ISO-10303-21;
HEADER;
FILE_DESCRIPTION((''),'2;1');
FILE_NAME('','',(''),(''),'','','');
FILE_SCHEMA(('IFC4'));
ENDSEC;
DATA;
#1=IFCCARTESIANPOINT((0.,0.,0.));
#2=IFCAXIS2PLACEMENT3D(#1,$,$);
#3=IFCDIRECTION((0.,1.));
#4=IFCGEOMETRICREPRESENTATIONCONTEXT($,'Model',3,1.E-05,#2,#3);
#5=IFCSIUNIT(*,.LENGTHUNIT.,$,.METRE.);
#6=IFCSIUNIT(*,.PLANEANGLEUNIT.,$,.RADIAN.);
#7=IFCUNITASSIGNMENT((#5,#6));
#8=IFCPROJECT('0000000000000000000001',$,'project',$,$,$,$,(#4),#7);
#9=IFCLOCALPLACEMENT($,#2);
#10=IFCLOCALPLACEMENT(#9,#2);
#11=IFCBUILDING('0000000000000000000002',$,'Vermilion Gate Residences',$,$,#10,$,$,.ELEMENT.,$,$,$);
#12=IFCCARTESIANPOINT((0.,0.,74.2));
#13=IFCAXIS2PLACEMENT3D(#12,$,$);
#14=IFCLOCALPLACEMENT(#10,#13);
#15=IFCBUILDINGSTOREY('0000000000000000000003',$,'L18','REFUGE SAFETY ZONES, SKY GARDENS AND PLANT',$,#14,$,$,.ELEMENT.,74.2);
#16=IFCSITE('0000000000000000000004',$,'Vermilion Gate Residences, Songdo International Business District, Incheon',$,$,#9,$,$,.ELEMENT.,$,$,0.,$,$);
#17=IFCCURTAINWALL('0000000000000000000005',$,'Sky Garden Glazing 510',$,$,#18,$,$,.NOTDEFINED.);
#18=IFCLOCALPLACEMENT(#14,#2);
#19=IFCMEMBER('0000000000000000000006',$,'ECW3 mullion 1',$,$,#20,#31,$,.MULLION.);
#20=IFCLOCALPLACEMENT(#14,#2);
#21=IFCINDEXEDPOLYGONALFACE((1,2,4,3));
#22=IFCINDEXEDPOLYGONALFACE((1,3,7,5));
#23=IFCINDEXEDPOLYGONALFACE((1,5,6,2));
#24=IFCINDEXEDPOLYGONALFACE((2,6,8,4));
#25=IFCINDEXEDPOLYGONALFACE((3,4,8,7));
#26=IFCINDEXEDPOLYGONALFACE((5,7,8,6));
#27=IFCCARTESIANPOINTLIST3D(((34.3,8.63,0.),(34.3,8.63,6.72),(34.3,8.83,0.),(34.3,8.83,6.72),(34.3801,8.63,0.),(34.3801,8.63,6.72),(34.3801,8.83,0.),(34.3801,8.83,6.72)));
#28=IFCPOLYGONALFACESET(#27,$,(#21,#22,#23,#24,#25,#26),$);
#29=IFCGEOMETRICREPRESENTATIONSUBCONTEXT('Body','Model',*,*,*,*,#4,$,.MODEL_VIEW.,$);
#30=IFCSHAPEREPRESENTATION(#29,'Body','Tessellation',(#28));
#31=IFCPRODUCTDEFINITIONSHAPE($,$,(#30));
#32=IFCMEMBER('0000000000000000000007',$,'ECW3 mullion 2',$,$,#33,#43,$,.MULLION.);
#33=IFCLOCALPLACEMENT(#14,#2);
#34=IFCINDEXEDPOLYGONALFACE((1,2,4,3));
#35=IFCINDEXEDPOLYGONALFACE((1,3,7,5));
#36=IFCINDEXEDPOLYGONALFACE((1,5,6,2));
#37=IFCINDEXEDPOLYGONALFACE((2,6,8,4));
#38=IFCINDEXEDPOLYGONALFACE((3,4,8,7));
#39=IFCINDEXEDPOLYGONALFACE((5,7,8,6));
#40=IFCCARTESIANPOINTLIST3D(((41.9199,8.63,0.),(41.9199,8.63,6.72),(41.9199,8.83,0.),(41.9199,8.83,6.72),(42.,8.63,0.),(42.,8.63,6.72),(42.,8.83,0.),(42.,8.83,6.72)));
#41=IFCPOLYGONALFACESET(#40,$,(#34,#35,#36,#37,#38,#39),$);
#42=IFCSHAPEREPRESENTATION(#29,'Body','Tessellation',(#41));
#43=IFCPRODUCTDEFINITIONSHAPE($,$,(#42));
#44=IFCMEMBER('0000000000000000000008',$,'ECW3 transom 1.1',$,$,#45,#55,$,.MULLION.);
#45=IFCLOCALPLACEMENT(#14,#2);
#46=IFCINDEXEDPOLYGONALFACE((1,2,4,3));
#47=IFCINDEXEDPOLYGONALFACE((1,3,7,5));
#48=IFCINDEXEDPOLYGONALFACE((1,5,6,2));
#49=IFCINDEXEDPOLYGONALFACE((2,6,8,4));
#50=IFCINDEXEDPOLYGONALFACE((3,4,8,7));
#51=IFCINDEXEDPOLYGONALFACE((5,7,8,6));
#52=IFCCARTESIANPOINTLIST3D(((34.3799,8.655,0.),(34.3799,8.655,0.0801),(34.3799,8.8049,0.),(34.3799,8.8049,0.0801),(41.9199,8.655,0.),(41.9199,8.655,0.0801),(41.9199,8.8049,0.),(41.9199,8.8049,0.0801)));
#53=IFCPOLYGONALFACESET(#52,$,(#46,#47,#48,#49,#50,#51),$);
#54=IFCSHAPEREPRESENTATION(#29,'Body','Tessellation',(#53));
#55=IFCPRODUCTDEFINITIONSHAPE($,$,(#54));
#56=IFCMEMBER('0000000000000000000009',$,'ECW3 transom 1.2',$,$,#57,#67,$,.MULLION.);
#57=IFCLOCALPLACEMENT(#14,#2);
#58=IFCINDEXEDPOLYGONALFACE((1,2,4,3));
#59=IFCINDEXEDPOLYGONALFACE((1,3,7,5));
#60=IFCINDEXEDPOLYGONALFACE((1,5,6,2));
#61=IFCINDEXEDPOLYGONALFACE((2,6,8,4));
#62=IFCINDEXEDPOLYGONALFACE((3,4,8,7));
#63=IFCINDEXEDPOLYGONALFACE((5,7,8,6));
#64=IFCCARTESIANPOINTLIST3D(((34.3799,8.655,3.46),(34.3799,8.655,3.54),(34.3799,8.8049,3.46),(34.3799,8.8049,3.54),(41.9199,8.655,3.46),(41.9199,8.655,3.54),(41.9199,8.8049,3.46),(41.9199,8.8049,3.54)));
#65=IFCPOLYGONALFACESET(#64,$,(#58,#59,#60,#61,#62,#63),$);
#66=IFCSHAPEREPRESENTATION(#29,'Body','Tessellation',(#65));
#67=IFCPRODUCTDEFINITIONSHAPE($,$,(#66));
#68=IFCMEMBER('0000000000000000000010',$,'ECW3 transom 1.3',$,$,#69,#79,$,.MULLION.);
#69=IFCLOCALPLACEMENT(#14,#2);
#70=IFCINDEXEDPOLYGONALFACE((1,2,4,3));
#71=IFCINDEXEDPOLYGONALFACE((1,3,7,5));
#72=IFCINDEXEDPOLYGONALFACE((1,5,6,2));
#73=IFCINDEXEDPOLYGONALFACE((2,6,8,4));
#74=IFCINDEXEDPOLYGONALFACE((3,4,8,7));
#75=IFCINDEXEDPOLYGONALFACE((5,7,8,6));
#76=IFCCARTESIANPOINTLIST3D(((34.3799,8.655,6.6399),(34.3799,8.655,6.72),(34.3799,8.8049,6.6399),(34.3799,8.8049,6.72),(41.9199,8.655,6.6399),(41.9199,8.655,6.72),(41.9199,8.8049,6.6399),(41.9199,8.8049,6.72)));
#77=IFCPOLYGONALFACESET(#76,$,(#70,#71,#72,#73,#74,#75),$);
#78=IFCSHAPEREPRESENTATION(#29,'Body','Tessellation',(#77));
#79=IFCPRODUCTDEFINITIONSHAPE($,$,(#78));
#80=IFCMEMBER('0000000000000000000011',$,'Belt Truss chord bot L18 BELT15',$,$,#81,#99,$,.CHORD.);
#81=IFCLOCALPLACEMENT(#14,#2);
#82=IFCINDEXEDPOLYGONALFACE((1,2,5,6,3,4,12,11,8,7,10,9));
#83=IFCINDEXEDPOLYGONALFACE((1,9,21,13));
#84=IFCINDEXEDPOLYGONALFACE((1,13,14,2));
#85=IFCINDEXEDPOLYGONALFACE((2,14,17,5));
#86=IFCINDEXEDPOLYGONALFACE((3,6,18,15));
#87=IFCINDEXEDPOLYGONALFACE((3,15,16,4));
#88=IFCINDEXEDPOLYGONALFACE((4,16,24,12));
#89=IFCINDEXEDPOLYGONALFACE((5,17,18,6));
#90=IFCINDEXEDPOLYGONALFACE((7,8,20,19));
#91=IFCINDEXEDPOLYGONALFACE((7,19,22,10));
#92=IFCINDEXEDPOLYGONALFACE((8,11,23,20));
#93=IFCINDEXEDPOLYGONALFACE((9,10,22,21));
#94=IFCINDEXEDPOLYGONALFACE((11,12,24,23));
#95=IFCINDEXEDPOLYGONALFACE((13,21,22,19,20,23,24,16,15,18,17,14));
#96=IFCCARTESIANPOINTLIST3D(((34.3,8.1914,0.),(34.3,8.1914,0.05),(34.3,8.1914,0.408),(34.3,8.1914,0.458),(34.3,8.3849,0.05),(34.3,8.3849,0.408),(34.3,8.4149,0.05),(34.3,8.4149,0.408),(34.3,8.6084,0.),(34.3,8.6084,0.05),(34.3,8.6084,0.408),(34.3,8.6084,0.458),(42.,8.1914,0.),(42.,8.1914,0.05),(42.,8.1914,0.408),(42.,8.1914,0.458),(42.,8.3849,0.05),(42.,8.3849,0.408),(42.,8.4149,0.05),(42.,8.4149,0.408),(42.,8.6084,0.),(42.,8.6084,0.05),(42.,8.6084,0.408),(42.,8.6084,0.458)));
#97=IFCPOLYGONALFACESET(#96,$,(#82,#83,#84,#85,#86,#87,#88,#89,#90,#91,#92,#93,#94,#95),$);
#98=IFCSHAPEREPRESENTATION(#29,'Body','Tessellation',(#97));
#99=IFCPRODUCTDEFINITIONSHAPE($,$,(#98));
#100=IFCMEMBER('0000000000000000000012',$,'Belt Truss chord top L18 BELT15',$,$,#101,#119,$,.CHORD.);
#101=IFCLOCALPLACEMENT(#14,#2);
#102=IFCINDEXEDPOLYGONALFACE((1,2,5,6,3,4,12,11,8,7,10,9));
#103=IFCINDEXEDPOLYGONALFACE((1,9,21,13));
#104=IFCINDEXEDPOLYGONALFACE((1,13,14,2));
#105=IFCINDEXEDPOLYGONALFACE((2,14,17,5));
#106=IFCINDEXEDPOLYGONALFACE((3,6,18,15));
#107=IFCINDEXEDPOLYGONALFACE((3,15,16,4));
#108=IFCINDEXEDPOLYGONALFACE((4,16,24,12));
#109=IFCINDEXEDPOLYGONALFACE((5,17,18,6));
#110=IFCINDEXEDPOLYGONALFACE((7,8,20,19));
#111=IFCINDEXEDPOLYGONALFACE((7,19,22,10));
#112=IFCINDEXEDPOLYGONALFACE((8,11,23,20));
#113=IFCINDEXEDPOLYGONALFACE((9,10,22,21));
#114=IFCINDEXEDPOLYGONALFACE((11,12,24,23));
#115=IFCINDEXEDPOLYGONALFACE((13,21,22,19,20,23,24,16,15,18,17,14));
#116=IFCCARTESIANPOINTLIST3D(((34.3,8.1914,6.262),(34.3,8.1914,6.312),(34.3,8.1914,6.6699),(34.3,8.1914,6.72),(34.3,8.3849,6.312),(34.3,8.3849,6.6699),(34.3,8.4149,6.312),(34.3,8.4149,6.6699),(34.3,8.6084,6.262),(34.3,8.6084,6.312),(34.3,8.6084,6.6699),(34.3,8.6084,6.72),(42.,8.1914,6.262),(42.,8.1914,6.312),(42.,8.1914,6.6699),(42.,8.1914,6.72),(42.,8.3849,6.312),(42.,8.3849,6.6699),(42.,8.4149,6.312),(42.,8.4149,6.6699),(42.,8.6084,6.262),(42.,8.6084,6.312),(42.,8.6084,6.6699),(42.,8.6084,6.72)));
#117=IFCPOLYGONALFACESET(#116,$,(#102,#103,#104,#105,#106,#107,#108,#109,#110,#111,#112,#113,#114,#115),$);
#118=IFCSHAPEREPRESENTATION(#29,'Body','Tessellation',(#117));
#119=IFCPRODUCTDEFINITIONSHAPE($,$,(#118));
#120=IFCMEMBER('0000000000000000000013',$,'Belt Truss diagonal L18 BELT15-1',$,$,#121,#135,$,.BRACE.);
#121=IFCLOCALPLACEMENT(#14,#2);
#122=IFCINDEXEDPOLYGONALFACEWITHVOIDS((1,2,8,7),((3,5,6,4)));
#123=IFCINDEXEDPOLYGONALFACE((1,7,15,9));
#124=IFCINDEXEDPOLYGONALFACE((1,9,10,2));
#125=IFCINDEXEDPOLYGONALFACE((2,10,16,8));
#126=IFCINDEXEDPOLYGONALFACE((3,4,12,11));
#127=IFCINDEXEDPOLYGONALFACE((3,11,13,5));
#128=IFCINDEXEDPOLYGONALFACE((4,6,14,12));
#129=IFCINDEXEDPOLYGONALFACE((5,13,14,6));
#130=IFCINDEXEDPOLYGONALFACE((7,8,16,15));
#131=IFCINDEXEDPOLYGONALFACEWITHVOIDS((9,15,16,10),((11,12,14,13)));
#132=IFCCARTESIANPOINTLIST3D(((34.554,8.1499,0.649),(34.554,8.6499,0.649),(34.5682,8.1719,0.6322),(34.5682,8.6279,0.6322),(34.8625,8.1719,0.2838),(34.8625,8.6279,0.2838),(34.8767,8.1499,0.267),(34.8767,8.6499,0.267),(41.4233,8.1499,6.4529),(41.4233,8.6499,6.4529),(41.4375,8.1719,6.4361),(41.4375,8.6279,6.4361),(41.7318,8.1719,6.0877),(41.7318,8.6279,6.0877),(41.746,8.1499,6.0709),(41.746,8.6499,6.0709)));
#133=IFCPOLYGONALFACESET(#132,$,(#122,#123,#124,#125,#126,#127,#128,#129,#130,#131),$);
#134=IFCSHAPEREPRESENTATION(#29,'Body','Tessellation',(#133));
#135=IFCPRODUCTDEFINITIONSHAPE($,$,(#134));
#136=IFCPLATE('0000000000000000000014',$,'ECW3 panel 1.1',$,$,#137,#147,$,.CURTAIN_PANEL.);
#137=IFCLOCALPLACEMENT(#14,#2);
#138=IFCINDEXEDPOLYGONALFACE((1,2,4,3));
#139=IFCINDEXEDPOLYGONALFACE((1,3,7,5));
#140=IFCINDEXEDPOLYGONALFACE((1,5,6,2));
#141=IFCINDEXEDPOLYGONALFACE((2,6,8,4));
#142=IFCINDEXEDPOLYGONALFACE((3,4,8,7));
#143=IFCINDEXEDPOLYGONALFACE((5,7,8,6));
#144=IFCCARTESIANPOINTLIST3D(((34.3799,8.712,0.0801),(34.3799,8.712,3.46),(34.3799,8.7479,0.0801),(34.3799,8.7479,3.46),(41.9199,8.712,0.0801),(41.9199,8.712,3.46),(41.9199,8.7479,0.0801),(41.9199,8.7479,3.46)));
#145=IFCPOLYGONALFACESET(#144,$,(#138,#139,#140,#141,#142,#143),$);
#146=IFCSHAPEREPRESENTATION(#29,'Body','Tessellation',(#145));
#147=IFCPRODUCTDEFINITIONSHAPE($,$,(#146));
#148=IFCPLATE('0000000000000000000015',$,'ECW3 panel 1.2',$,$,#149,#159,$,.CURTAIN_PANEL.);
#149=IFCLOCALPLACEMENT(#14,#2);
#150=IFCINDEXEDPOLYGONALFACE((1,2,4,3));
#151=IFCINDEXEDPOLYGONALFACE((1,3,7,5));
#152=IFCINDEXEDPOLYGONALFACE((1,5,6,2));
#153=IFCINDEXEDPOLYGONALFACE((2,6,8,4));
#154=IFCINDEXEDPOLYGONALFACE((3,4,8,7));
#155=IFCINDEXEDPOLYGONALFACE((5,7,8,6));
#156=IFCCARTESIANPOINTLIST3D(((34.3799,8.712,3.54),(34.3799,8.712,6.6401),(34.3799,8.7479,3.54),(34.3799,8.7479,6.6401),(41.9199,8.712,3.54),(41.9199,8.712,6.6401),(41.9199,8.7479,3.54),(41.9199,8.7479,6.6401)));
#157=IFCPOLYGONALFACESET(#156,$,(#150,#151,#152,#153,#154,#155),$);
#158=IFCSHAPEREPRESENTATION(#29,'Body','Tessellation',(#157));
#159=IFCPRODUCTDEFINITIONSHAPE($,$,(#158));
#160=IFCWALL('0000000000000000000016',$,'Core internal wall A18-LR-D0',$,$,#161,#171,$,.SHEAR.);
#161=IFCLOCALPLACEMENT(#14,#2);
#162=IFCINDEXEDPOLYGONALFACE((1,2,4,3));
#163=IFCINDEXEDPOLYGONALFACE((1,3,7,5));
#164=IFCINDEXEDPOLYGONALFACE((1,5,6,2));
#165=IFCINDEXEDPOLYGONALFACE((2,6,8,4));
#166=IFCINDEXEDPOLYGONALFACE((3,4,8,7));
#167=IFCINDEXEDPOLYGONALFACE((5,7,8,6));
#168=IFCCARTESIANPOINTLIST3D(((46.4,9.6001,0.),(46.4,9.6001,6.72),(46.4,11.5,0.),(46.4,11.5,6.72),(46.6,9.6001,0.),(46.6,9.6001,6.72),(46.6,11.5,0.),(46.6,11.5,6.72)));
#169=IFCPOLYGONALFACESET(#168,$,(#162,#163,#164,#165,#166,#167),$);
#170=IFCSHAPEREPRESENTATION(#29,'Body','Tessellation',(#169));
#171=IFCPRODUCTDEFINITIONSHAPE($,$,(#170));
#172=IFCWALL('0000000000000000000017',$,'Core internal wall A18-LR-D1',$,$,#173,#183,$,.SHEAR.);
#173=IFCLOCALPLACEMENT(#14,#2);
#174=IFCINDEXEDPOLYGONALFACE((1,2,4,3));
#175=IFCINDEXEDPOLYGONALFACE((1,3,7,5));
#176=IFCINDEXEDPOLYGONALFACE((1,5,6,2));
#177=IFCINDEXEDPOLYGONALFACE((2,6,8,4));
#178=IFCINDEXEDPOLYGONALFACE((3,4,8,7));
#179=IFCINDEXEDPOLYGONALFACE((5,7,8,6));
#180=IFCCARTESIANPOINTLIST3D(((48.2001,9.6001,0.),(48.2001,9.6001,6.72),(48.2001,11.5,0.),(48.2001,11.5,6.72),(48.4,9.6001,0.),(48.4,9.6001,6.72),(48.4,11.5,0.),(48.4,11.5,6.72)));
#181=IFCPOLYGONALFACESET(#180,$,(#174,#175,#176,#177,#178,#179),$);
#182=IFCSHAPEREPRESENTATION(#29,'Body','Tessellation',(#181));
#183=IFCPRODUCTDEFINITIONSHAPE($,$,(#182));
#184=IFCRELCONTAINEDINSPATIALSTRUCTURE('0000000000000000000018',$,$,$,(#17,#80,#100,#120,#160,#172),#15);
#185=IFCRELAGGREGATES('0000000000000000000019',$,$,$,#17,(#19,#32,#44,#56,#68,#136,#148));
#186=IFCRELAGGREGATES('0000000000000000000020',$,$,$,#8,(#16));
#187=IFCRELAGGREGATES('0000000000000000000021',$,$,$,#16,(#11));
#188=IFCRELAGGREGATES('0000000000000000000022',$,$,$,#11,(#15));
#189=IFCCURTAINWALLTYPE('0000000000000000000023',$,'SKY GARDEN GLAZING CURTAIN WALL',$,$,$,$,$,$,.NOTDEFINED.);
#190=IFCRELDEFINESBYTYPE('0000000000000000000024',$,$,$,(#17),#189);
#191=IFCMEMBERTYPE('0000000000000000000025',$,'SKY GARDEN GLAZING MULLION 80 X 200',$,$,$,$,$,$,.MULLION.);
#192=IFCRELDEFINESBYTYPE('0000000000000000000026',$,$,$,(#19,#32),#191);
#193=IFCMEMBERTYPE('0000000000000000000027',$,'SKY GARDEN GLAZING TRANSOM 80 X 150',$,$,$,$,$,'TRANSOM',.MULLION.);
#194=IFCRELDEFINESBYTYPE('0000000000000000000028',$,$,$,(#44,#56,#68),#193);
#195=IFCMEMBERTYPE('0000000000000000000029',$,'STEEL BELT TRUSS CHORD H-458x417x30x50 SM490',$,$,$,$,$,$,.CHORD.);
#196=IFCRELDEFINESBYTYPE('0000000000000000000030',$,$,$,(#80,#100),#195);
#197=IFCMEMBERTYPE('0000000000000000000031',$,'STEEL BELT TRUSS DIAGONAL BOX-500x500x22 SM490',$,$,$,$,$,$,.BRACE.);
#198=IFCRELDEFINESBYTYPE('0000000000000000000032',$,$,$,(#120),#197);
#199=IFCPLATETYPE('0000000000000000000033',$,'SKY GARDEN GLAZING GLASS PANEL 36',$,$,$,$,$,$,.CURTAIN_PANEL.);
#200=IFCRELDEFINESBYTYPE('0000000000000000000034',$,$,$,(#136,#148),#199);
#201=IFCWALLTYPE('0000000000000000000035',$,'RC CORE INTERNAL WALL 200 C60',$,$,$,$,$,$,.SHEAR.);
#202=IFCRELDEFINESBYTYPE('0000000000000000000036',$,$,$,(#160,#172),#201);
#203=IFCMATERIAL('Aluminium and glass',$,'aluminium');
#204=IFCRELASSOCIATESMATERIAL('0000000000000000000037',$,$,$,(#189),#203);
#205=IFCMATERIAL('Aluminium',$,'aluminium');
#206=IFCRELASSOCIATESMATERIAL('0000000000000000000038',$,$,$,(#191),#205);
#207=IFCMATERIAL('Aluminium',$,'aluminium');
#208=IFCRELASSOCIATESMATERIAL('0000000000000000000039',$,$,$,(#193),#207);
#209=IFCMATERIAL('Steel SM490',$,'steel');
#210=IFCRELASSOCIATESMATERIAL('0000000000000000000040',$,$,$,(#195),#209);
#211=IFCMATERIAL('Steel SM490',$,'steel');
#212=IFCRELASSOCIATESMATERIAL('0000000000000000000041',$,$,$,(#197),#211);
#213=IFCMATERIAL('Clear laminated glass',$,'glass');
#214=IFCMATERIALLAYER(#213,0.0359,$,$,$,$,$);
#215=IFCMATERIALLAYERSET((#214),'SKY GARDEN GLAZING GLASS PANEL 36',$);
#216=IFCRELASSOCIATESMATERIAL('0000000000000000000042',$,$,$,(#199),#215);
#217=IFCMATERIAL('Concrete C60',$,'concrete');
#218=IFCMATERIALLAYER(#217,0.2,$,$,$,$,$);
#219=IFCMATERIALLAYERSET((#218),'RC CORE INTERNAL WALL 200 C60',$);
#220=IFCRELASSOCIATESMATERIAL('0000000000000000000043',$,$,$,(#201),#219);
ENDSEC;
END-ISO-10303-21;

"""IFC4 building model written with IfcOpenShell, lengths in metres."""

from ifc_helpers import new_model, si_unit, direction, frame, frame_2d, origin, origin_2d, place, context, subcontext, project, spatial, rectangle, hollow_rectangle, i_section, extrude, material, layer, layer_set, material_profile, profile_set, type_object, element, aggregate, save


model = new_model("IFC4")

# Units and contexts
model_context = context("Model", 3, precision=1e-05, world=origin(), true_north=direction((0.0, 1.0)))
body_context = subcontext(model_context, "Body", "Model", "MODEL_VIEW")
ifc_project = project(units=[si_unit("LENGTHUNIT", "METRE"), si_unit("PLANEANGLEUNIT", "RADIAN")], contexts=[model_context])

# Site, building, storey
site_placement = place(None, origin())
site = spatial("IfcSite", under=ifc_project, at=site_placement, Name="Vermilion Gate Residences, Songdo International Business District, Incheon", CompositionType="ELEMENT", RefElevation=0.0)
building_placement = place(site_placement, origin())
building = spatial("IfcBuilding", under=site, at=building_placement, Name="Vermilion Gate Residences", CompositionType="ELEMENT")
storey_placement = place(building_placement, frame((0.0, 0.0, 74.2)))
storey = spatial("IfcBuildingStorey", under=building, at=storey_placement, Name="L18", Description="REFUGE SAFETY ZONES, SKY GARDENS AND PLANT", CompositionType="ELEMENT", Elevation=74.2)

# Curtain wall, members
ifc_material_1 = material(Name="Aluminium and glass", Category="aluminium")
curtain_wall_type = type_object("IfcCurtainWallType", Name="SKY GARDEN GLAZING CURTAIN WALL", PredefinedType="NOTDEFINED", material=ifc_material_1)
curtain_wall_placement = place(storey_placement, origin())
curtain_wall = element("IfcCurtainWall", 1, at=curtain_wall_placement, inside=storey, type_object=curtain_wall_type, Name="Sky Garden Glazing 510", PredefinedType="NOTDEFINED")
ifc_material_2 = material(Name="Aluminium", Category="aluminium")
ifc_material_profile_1 = material_profile(ifc_material_2, rectangle(XDim=0.2, YDim=0.0801, at=origin_2d()), Name="MULLION 80 X 200")
ifc_profile_set_1 = profile_set([ifc_material_profile_1], Name="Aluminium")
member_type_1 = type_object("IfcMemberType", Name="SKY GARDEN GLAZING MULLION 80 X 200", PredefinedType="MULLION", material=ifc_profile_set_1)
member_1_placement = place(storey_placement, frame((34.3401, 8.73, 0.0), z_axis=(0.0, 0.0, 1.0), x_axis=(0.0, 1.0, 0.0)))
member_1 = element("IfcMember", 2, at=member_1_placement, type_object=member_type_1, Name="ECW3 mullion 1", PredefinedType="MULLION", context=body_context, shape_type="SweptSolid", body=[
    extrude(rectangle(XDim=0.2, YDim=0.0801, at=origin_2d()), origin(), (0.0, 0.0, 1.0), 6.72),
])
member_2_placement = place(storey_placement, frame((41.96, 8.73, 0.0), z_axis=(0.0, 0.0, 1.0), x_axis=(0.0, 1.0, 0.0)))
member_2 = element("IfcMember", 3, at=member_2_placement, type_object=member_type_1, Name="ECW3 mullion 2", PredefinedType="MULLION", context=body_context, shape_type="SweptSolid", body=[
    extrude(rectangle(XDim=0.2, YDim=0.0801, at=origin_2d()), origin(), (0.0, 0.0, 1.0), 6.72),
])
ifc_material_3 = material(Name="Aluminium", Category="aluminium")
ifc_material_profile_2 = material_profile(ifc_material_3, rectangle(XDim=0.1499, YDim=0.0801, at=origin_2d()), Name="TRANSOM 80 X 150")
ifc_profile_set_2 = profile_set([ifc_material_profile_2], Name="Aluminium")
member_type_2 = type_object("IfcMemberType", Name="SKY GARDEN GLAZING TRANSOM 80 X 150", ElementType="TRANSOM", PredefinedType="MULLION", material=ifc_profile_set_2)
member_3_placement = place(storey_placement, frame((34.3799, 8.73, 0.04), z_axis=(1.0, 0.0, 0.0), x_axis=(0.0, 1.0, 0.0)))
member_3 = element("IfcMember", 4, at=member_3_placement, type_object=member_type_2, Name="ECW3 transom 1.1", PredefinedType="MULLION", context=body_context, shape_type="SweptSolid", body=[
    extrude(rectangle(XDim=0.1499, YDim=0.0801, at=origin_2d()), origin(), (0.0, 0.0, 1.0), 7.54),
])
member_4_placement = place(storey_placement, frame((34.3799, 8.73, 3.5), z_axis=(1.0, 0.0, 0.0), x_axis=(0.0, 1.0, 0.0)))
member_4 = element("IfcMember", 5, at=member_4_placement, type_object=member_type_2, Name="ECW3 transom 1.2", PredefinedType="MULLION", context=body_context, shape_type="SweptSolid", body=[
    extrude(rectangle(XDim=0.1499, YDim=0.0801, at=origin_2d()), origin(), (0.0, 0.0, 1.0), 7.54),
])
member_5_placement = place(storey_placement, frame((34.3799, 8.73, 6.6799), z_axis=(1.0, 0.0, 0.0), x_axis=(0.0, 1.0, 0.0)))
member_5 = element("IfcMember", 6, at=member_5_placement, type_object=member_type_2, Name="ECW3 transom 1.3", PredefinedType="MULLION", context=body_context, shape_type="SweptSolid", body=[
    extrude(rectangle(XDim=0.1499, YDim=0.0801, at=origin_2d()), origin(), (0.0, 0.0, 1.0), 7.54),
])

# Members
ifc_material_4 = material(Name="Steel SM490", Category="steel")
ifc_material_profile_3 = material_profile(ifc_material_4, i_section(OverallWidth=0.417, OverallDepth=0.458, WebThickness=0.03, FlangeThickness=0.05, at=origin_2d()), Name="H-458x417x30x50")
ifc_profile_set_3 = profile_set([ifc_material_profile_3], Name="Steel SM490")
member_type_3 = type_object("IfcMemberType", Name="STEEL BELT TRUSS CHORD H-458x417x30x50 SM490", PredefinedType="CHORD", material=ifc_profile_set_3)
for number, where, z_axis, x_axis, name in (
    (7, (34.3, 8.3999, 0.229), (1.0, 0.0, 0.0), (0.0, 1.0, 0.0), "Belt Truss chord bot L18 BELT15"),
    (8, (34.3, 8.3999, 6.491), (1.0, 0.0, 0.0), (0.0, 1.0, 0.0), "Belt Truss chord top L18 BELT15"),
):
    element("IfcMember", number, at=place(storey_placement, frame(where, z_axis=z_axis, x_axis=x_axis)), inside=storey, type_object=member_type_3, Name=name, PredefinedType="CHORD", context=body_context, shape_type="SweptSolid", body=[
        extrude(i_section(OverallWidth=0.417, OverallDepth=0.458, WebThickness=0.03, FlangeThickness=0.05, at=origin_2d()), origin(), (0.0, 0.0, 1.0), 7.7),
    ])
ifc_material_5 = material(Name="Steel SM490", Category="steel")
ifc_material_profile_4 = material_profile(ifc_material_5, hollow_rectangle(XDim=0.5, YDim=0.5, WallThickness=0.022, at=origin_2d()), Name="BOX-500x500x22")
ifc_profile_set_4 = profile_set([ifc_material_profile_4], Name="Steel SM490")
member_type_4 = type_object("IfcMemberType", Name="STEEL BELT TRUSS DIAGONAL BOX-500x500x22 SM490", PredefinedType="BRACE", material=ifc_profile_set_4)
member_6_placement = place(storey_placement, frame((34.7153, 8.3999, 0.458), z_axis=(0.763858, 0.0, 0.645385), x_axis=(0.0, 1.0, 0.0)))
element("IfcMember", 9, at=member_6_placement, inside=storey, type_object=member_type_4, Name="Belt Truss diagonal L18 BELT15-1", PredefinedType="BRACE", context=body_context, shape_type="SweptSolid", body=[
    extrude(hollow_rectangle(XDim=0.5, YDim=0.5, WallThickness=0.022, at=origin_2d()), origin(), (0.0, 0.0, 1.0), 8.9929),
])

# Plates
ifc_material_6 = material(Name="Clear laminated glass", Category="glass")
ifc_layer_1 = layer(ifc_material_6, 0.0359)
ifc_layer_set_1 = layer_set([ifc_layer_1], Name="SKY GARDEN GLAZING GLASS PANEL 36")
plate_type = type_object("IfcPlateType", Name="SKY GARDEN GLAZING GLASS PANEL 36", PredefinedType="CURTAIN_PANEL", material=ifc_layer_set_1)
plate_1_placement = place(storey_placement, frame((38.1499, 8.73, 0.0801), z_axis=(0.0, 0.0, 1.0), x_axis=(1.0, 0.0, 0.0)))
plate_1 = element("IfcPlate", 10, at=plate_1_placement, type_object=plate_type, Name="ECW3 panel 1.1", PredefinedType="CURTAIN_PANEL", context=body_context, shape_type="SweptSolid", body=[
    extrude(rectangle(XDim=7.54, YDim=0.0359, at=origin_2d()), origin(), (0.0, 0.0, 1.0), 3.3799),
])
plate_2_placement = place(storey_placement, frame((38.1499, 8.73, 3.54), z_axis=(0.0, 0.0, 1.0), x_axis=(1.0, 0.0, 0.0)))
plate_2 = element("IfcPlate", 11, at=plate_2_placement, type_object=plate_type, Name="ECW3 panel 1.2", PredefinedType="CURTAIN_PANEL", context=body_context, shape_type="SweptSolid", body=[
    extrude(rectangle(XDim=7.54, YDim=0.0359, at=origin_2d()), origin(), (0.0, 0.0, 1.0), 3.1001),
])
aggregate(curtain_wall, [member_1, member_2, member_3, member_4, member_5, plate_1, plate_2])

# Walls
ifc_material_7 = material(Name="Concrete C60", Category="concrete")
ifc_layer_2 = layer(ifc_material_7, 0.2)
ifc_layer_set_2 = layer_set([ifc_layer_2], Name="RC CORE INTERNAL WALL 200 C60")
wall_type_1 = type_object("IfcWallType", Name="RC CORE INTERNAL WALL 200 C60", PredefinedType="SHEAR", material=ifc_layer_set_2)
for number, where, z_axis, x_axis, name in (
    (12, (46.5, 9.6001, 0.0), (0.0, 0.0, 1.0), (0.0, 1.0, 0.0), "Core internal wall A18-LR-D0"),
    (13, (48.3, 9.6001, 0.0), (0.0, 0.0, 1.0), (0.0, 1.0, 0.0), "Core internal wall A18-LR-D1"),
):
    element("IfcWall", number, at=place(storey_placement, frame(where, z_axis=z_axis, x_axis=x_axis)), inside=storey, type_object=wall_type_1, Name=name, PredefinedType="SHEAR", context=body_context, shape_type="SweptSolid", body=[
        extrude(rectangle(XDim=1.8999, YDim=0.2, at=frame_2d((0.95, 0.0))), origin(), (0.0, 0.0, 1.0), 6.72),
    ])

save(model, "model.ifc")
